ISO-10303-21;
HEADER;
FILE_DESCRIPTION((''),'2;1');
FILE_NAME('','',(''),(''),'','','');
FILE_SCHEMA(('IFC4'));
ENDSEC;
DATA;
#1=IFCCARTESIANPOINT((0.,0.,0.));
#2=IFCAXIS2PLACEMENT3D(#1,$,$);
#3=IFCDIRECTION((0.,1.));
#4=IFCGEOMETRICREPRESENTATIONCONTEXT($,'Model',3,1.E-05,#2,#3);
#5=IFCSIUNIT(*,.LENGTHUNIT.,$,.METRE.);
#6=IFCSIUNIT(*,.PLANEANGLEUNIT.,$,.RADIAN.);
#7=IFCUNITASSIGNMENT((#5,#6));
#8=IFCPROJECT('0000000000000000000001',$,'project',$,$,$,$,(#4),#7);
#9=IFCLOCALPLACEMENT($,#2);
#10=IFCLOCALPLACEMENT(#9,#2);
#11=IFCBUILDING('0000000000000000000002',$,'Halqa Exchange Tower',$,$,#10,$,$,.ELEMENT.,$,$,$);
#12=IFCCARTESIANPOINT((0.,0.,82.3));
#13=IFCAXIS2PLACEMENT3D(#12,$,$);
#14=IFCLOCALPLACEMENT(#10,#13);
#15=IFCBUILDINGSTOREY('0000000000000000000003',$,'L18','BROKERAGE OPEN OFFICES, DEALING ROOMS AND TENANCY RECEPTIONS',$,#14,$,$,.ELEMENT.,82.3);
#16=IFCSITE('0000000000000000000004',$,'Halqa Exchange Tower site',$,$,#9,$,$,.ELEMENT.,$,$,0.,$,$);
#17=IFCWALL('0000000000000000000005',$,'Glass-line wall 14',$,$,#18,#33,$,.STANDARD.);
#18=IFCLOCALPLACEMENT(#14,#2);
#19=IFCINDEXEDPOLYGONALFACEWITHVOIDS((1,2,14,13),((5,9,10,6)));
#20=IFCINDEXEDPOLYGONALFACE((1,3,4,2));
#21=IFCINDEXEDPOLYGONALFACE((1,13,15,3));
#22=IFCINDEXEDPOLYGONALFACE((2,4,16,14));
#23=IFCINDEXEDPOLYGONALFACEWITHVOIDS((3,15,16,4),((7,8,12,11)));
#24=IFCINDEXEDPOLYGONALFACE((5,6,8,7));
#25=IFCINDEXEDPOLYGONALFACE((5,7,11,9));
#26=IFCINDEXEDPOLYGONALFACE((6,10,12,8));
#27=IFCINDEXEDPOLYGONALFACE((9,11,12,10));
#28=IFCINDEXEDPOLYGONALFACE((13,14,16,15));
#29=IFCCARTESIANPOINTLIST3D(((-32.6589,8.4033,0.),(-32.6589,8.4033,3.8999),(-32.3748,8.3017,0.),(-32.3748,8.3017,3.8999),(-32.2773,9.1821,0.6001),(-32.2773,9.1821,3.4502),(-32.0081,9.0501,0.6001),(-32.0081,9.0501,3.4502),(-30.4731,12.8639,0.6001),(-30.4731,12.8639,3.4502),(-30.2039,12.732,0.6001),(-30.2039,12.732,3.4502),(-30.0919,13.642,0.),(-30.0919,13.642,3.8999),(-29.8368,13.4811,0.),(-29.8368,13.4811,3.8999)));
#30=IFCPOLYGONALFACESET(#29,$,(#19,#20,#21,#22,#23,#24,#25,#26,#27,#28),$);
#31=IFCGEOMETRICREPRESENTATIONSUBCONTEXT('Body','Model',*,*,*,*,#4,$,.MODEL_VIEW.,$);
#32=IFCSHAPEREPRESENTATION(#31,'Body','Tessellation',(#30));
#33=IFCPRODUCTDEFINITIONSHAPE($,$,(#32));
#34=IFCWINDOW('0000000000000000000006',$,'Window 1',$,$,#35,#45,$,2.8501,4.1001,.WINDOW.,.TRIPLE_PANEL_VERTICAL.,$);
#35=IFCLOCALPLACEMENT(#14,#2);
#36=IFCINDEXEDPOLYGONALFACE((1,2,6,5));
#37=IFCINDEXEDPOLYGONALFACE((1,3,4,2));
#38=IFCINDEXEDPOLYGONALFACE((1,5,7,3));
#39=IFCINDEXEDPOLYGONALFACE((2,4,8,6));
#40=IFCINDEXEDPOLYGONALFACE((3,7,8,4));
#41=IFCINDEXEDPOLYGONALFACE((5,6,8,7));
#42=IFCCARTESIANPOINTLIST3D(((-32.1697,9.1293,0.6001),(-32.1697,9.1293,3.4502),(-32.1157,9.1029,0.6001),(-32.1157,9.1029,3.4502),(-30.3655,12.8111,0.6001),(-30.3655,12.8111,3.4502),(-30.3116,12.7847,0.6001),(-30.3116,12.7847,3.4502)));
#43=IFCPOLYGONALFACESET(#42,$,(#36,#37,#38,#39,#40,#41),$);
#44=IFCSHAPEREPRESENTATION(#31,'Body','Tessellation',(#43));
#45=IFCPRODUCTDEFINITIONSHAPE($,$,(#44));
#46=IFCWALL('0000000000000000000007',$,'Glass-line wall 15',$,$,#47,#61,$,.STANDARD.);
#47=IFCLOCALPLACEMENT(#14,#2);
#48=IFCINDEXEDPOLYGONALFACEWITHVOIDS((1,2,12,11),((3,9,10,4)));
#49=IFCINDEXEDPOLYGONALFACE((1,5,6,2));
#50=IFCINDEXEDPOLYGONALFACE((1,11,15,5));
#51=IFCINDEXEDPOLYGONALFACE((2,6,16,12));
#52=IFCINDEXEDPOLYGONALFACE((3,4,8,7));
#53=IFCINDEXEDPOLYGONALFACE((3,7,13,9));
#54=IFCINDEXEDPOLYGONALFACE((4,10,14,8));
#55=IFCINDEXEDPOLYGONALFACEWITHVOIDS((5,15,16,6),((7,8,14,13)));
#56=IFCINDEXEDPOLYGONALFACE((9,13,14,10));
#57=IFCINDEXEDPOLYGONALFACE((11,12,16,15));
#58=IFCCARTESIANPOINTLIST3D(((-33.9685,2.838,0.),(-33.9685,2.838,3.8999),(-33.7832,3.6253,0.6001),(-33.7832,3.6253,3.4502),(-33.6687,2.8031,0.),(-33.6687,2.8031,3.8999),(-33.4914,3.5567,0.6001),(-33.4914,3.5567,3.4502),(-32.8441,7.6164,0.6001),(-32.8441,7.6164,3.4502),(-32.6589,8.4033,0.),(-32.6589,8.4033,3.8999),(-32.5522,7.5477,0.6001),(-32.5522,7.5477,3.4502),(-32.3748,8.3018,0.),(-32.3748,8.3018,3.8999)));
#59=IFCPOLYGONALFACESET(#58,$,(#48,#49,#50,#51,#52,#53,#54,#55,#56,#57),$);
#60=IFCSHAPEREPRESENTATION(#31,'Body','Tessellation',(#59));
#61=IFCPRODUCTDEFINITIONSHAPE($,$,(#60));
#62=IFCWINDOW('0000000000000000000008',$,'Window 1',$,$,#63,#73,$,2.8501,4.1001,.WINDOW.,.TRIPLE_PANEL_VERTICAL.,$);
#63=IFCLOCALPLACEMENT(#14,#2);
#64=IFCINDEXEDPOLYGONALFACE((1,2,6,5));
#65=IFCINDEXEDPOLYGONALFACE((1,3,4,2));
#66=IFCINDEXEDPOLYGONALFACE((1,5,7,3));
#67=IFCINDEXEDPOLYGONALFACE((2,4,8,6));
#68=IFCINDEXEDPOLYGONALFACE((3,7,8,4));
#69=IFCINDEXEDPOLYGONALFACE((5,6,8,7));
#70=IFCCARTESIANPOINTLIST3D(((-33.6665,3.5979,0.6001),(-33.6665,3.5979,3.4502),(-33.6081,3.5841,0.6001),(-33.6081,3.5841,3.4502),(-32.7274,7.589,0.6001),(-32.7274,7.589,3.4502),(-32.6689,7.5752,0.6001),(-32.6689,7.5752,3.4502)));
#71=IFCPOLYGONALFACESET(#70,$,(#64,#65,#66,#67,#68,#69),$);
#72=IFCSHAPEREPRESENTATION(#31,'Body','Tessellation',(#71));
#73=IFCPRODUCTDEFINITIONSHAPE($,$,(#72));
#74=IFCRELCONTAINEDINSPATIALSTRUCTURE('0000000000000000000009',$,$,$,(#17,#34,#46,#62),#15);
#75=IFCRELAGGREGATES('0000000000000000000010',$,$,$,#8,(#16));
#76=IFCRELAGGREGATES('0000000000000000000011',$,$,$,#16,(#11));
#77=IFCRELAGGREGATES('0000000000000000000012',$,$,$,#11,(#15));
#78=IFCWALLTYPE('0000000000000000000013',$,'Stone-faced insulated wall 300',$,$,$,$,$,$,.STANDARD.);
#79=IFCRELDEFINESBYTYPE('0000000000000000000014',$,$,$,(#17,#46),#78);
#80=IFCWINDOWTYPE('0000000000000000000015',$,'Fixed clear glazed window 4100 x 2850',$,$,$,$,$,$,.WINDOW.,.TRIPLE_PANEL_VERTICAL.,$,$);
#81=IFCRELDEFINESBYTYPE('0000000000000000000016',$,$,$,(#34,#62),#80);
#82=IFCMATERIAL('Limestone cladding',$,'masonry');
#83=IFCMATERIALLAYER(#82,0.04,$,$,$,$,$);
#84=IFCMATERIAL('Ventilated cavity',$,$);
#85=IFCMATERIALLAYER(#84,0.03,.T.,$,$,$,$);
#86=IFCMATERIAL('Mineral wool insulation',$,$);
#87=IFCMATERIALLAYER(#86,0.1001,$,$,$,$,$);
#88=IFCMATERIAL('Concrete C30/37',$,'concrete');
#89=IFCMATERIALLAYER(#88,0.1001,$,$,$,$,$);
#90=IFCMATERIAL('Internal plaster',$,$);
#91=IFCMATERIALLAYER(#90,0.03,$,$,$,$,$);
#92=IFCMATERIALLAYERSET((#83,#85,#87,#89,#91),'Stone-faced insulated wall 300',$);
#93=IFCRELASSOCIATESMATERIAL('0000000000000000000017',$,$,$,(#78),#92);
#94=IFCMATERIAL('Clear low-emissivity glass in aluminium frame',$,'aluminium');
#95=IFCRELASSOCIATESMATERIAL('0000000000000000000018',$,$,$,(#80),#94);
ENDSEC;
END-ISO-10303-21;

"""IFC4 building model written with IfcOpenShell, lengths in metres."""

from ifc_helpers import new_model, si_unit, direction, frame, frame_2d, origin, place, context, subcontext, project, spatial, polyline, rectangle, outline, extrude, material, layer, layer_set, type_object, element, fill, save


model = new_model("IFC4")

# Units and contexts
model_context = context("Model", 3, precision=1e-05, world=origin(), true_north=direction((0.0, 1.0)))
body_context = subcontext(model_context, "Body", "Model", "MODEL_VIEW")
ifc_project = project(units=[si_unit("LENGTHUNIT", "METRE"), si_unit("PLANEANGLEUNIT", "RADIAN")], contexts=[model_context])

# Site, building, storey
site_placement = place(None, origin())
site = spatial("IfcSite", under=ifc_project, at=site_placement, Name="Halqa Exchange Tower site", CompositionType="ELEMENT", RefElevation=0.0)
building_placement = place(site_placement, origin())
building = spatial("IfcBuilding", under=site, at=building_placement, Name="Halqa Exchange Tower", CompositionType="ELEMENT")
storey_placement = place(building_placement, frame((0.0, 0.0, 82.3)))
storey = spatial("IfcBuildingStorey", under=building, at=storey_placement, Name="L18", Description="BROKERAGE OPEN OFFICES, DEALING ROOMS AND TENANCY RECEPTIONS", CompositionType="ELEMENT", Elevation=82.3)

# Walls, openings, windows
ifc_material_1 = material(Name="Limestone cladding", Category="masonry")
ifc_layer_1 = layer(ifc_material_1, 0.04)
ifc_material_2 = material(Name="Ventilated cavity")
ifc_layer_2 = layer(ifc_material_2, 0.03, ventilated=True)
ifc_material_3 = material(Name="Mineral wool insulation")
ifc_layer_3 = layer(ifc_material_3, 0.1001)
ifc_material_4 = material(Name="Concrete C30/37", Category="concrete")
ifc_layer_4 = layer(ifc_material_4, 0.1001)
ifc_material_5 = material(Name="Internal plaster")
ifc_layer_5 = layer(ifc_material_5, 0.03)
ifc_layer_set_1 = layer_set([ifc_layer_1, ifc_layer_2, ifc_layer_3, ifc_layer_4, ifc_layer_5], Name="Stone-faced insulated wall 300")
wall_type_1 = type_object("IfcWallType", Name="Stone-faced insulated wall 300", PredefinedType="STANDARD", material=ifc_layer_set_1)
wall_1_placement = place(storey_placement, frame((-29.9644, 13.5615, 0.0), z_axis=(0.0, 0.0, 1.0), x_axis=(-0.440027, -0.897984, 0.0)))
wall_1 = element("IfcWall", 1, at=wall_1_placement, inside=storey, type_object=wall_type_1, Name="Glass-line wall 14", PredefinedType="STANDARD", context=body_context, shape_type="SweptSolid", body=[
    extrude(outline(polyline([(-0.0161, -0.1499), (5.8176, -0.1499), (5.7839, 0.1499), (0.0161, 0.1499), (-0.0161, -0.1499)])), origin(), (0.0, 0.0, 1.0), 3.8999),
])
opening_1_placement = place(wall_1_placement, frame((0.8503, 0.0, 0.6001)))
opening_1 = element("IfcOpeningElement", 2, at=opening_1_placement, cuts=wall_1, PredefinedType="OPENING", context=body_context, shape_type="SweptSolid", body=[
    extrude(rectangle(XDim=4.1001, YDim=2.8501, at=frame_2d((2.05, 1.425))), frame((0.0, 0.1621, 0.0), z_axis=(0.0, -1.0, 0.0), x_axis=(1.0, 0.0, 0.0)), (0.0, 0.0, 1.0), 0.324),
])
ifc_material_6 = material(Name="Clear low-emissivity glass in aluminium frame", Category="aluminium")
window_type = type_object("IfcWindowType", Name="Fixed clear glazed window 4100 x 2850", PartitioningType="TRIPLE_PANEL_VERTICAL", PredefinedType="WINDOW", material=ifc_material_6)
window_1_placement = place(opening_1_placement, origin())
window_1 = element("IfcWindow", 3, at=window_1_placement, inside=storey, type_object=window_type, Name="Window 1", OverallHeight=2.8501, OverallWidth=4.1001, PartitioningType="TRIPLE_PANEL_VERTICAL", PredefinedType="WINDOW", context=body_context, shape_type="SweptSolid", body=[
    extrude(rectangle(XDim=4.1001, YDim=2.8501, at=frame_2d((2.05, 1.425))), frame((0.0, 0.03, 0.0), z_axis=(0.0, -1.0, 0.0), x_axis=(1.0, 0.0, 0.0)), (0.0, 0.0, 1.0), 0.0601),
])
fill(opening_1, window_1)
wall_2_placement = place(storey_placement, frame((-32.5168, 8.3525, 0.0), z_axis=(0.0, 0.0, 1.0), x_axis=(-0.229058, -0.973413, 0.0)))
wall_2 = element("IfcWall", 4, at=wall_2_placement, inside=storey, type_object=wall_type_1, Name="Glass-line wall 15", PredefinedType="STANDARD", context=body_context, shape_type="SweptSolid", body=[
    extrude(outline(polyline([(-0.0168, -0.1499), (5.7004, -0.1499), (5.6658, 0.1499), (0.0168, 0.1499), (-0.0168, -0.1499)])), origin(), (0.0, 0.0, 1.0), 3.8999),
])
opening_2_placement = place(wall_2_placement, frame((0.7915, 0.0, 0.6001)))
opening_2 = element("IfcOpeningElement", 5, at=opening_2_placement, cuts=wall_2, PredefinedType="OPENING", context=body_context, shape_type="SweptSolid", body=[
    extrude(rectangle(XDim=4.1001, YDim=2.8501, at=frame_2d((2.05, 1.425))), frame((0.0, 0.1621, 0.0), z_axis=(0.0, -1.0, 0.0), x_axis=(1.0, 0.0, 0.0)), (0.0, 0.0, 1.0), 0.324),
])
window_2_placement = place(opening_2_placement, origin())
window_2 = element("IfcWindow", 6, at=window_2_placement, inside=storey, type_object=window_type, Name="Window 1", OverallHeight=2.8501, OverallWidth=4.1001, PartitioningType="TRIPLE_PANEL_VERTICAL", PredefinedType="WINDOW", context=body_context, shape_type="SweptSolid", body=[
    extrude(rectangle(XDim=4.1001, YDim=2.8501, at=frame_2d((2.05, 1.425))), frame((0.0, 0.03, 0.0), z_axis=(0.0, -1.0, 0.0), x_axis=(1.0, 0.0, 0.0)), (0.0, 0.0, 1.0), 0.0601),
])
fill(opening_2, window_2)

save(model, "model.ifc")
